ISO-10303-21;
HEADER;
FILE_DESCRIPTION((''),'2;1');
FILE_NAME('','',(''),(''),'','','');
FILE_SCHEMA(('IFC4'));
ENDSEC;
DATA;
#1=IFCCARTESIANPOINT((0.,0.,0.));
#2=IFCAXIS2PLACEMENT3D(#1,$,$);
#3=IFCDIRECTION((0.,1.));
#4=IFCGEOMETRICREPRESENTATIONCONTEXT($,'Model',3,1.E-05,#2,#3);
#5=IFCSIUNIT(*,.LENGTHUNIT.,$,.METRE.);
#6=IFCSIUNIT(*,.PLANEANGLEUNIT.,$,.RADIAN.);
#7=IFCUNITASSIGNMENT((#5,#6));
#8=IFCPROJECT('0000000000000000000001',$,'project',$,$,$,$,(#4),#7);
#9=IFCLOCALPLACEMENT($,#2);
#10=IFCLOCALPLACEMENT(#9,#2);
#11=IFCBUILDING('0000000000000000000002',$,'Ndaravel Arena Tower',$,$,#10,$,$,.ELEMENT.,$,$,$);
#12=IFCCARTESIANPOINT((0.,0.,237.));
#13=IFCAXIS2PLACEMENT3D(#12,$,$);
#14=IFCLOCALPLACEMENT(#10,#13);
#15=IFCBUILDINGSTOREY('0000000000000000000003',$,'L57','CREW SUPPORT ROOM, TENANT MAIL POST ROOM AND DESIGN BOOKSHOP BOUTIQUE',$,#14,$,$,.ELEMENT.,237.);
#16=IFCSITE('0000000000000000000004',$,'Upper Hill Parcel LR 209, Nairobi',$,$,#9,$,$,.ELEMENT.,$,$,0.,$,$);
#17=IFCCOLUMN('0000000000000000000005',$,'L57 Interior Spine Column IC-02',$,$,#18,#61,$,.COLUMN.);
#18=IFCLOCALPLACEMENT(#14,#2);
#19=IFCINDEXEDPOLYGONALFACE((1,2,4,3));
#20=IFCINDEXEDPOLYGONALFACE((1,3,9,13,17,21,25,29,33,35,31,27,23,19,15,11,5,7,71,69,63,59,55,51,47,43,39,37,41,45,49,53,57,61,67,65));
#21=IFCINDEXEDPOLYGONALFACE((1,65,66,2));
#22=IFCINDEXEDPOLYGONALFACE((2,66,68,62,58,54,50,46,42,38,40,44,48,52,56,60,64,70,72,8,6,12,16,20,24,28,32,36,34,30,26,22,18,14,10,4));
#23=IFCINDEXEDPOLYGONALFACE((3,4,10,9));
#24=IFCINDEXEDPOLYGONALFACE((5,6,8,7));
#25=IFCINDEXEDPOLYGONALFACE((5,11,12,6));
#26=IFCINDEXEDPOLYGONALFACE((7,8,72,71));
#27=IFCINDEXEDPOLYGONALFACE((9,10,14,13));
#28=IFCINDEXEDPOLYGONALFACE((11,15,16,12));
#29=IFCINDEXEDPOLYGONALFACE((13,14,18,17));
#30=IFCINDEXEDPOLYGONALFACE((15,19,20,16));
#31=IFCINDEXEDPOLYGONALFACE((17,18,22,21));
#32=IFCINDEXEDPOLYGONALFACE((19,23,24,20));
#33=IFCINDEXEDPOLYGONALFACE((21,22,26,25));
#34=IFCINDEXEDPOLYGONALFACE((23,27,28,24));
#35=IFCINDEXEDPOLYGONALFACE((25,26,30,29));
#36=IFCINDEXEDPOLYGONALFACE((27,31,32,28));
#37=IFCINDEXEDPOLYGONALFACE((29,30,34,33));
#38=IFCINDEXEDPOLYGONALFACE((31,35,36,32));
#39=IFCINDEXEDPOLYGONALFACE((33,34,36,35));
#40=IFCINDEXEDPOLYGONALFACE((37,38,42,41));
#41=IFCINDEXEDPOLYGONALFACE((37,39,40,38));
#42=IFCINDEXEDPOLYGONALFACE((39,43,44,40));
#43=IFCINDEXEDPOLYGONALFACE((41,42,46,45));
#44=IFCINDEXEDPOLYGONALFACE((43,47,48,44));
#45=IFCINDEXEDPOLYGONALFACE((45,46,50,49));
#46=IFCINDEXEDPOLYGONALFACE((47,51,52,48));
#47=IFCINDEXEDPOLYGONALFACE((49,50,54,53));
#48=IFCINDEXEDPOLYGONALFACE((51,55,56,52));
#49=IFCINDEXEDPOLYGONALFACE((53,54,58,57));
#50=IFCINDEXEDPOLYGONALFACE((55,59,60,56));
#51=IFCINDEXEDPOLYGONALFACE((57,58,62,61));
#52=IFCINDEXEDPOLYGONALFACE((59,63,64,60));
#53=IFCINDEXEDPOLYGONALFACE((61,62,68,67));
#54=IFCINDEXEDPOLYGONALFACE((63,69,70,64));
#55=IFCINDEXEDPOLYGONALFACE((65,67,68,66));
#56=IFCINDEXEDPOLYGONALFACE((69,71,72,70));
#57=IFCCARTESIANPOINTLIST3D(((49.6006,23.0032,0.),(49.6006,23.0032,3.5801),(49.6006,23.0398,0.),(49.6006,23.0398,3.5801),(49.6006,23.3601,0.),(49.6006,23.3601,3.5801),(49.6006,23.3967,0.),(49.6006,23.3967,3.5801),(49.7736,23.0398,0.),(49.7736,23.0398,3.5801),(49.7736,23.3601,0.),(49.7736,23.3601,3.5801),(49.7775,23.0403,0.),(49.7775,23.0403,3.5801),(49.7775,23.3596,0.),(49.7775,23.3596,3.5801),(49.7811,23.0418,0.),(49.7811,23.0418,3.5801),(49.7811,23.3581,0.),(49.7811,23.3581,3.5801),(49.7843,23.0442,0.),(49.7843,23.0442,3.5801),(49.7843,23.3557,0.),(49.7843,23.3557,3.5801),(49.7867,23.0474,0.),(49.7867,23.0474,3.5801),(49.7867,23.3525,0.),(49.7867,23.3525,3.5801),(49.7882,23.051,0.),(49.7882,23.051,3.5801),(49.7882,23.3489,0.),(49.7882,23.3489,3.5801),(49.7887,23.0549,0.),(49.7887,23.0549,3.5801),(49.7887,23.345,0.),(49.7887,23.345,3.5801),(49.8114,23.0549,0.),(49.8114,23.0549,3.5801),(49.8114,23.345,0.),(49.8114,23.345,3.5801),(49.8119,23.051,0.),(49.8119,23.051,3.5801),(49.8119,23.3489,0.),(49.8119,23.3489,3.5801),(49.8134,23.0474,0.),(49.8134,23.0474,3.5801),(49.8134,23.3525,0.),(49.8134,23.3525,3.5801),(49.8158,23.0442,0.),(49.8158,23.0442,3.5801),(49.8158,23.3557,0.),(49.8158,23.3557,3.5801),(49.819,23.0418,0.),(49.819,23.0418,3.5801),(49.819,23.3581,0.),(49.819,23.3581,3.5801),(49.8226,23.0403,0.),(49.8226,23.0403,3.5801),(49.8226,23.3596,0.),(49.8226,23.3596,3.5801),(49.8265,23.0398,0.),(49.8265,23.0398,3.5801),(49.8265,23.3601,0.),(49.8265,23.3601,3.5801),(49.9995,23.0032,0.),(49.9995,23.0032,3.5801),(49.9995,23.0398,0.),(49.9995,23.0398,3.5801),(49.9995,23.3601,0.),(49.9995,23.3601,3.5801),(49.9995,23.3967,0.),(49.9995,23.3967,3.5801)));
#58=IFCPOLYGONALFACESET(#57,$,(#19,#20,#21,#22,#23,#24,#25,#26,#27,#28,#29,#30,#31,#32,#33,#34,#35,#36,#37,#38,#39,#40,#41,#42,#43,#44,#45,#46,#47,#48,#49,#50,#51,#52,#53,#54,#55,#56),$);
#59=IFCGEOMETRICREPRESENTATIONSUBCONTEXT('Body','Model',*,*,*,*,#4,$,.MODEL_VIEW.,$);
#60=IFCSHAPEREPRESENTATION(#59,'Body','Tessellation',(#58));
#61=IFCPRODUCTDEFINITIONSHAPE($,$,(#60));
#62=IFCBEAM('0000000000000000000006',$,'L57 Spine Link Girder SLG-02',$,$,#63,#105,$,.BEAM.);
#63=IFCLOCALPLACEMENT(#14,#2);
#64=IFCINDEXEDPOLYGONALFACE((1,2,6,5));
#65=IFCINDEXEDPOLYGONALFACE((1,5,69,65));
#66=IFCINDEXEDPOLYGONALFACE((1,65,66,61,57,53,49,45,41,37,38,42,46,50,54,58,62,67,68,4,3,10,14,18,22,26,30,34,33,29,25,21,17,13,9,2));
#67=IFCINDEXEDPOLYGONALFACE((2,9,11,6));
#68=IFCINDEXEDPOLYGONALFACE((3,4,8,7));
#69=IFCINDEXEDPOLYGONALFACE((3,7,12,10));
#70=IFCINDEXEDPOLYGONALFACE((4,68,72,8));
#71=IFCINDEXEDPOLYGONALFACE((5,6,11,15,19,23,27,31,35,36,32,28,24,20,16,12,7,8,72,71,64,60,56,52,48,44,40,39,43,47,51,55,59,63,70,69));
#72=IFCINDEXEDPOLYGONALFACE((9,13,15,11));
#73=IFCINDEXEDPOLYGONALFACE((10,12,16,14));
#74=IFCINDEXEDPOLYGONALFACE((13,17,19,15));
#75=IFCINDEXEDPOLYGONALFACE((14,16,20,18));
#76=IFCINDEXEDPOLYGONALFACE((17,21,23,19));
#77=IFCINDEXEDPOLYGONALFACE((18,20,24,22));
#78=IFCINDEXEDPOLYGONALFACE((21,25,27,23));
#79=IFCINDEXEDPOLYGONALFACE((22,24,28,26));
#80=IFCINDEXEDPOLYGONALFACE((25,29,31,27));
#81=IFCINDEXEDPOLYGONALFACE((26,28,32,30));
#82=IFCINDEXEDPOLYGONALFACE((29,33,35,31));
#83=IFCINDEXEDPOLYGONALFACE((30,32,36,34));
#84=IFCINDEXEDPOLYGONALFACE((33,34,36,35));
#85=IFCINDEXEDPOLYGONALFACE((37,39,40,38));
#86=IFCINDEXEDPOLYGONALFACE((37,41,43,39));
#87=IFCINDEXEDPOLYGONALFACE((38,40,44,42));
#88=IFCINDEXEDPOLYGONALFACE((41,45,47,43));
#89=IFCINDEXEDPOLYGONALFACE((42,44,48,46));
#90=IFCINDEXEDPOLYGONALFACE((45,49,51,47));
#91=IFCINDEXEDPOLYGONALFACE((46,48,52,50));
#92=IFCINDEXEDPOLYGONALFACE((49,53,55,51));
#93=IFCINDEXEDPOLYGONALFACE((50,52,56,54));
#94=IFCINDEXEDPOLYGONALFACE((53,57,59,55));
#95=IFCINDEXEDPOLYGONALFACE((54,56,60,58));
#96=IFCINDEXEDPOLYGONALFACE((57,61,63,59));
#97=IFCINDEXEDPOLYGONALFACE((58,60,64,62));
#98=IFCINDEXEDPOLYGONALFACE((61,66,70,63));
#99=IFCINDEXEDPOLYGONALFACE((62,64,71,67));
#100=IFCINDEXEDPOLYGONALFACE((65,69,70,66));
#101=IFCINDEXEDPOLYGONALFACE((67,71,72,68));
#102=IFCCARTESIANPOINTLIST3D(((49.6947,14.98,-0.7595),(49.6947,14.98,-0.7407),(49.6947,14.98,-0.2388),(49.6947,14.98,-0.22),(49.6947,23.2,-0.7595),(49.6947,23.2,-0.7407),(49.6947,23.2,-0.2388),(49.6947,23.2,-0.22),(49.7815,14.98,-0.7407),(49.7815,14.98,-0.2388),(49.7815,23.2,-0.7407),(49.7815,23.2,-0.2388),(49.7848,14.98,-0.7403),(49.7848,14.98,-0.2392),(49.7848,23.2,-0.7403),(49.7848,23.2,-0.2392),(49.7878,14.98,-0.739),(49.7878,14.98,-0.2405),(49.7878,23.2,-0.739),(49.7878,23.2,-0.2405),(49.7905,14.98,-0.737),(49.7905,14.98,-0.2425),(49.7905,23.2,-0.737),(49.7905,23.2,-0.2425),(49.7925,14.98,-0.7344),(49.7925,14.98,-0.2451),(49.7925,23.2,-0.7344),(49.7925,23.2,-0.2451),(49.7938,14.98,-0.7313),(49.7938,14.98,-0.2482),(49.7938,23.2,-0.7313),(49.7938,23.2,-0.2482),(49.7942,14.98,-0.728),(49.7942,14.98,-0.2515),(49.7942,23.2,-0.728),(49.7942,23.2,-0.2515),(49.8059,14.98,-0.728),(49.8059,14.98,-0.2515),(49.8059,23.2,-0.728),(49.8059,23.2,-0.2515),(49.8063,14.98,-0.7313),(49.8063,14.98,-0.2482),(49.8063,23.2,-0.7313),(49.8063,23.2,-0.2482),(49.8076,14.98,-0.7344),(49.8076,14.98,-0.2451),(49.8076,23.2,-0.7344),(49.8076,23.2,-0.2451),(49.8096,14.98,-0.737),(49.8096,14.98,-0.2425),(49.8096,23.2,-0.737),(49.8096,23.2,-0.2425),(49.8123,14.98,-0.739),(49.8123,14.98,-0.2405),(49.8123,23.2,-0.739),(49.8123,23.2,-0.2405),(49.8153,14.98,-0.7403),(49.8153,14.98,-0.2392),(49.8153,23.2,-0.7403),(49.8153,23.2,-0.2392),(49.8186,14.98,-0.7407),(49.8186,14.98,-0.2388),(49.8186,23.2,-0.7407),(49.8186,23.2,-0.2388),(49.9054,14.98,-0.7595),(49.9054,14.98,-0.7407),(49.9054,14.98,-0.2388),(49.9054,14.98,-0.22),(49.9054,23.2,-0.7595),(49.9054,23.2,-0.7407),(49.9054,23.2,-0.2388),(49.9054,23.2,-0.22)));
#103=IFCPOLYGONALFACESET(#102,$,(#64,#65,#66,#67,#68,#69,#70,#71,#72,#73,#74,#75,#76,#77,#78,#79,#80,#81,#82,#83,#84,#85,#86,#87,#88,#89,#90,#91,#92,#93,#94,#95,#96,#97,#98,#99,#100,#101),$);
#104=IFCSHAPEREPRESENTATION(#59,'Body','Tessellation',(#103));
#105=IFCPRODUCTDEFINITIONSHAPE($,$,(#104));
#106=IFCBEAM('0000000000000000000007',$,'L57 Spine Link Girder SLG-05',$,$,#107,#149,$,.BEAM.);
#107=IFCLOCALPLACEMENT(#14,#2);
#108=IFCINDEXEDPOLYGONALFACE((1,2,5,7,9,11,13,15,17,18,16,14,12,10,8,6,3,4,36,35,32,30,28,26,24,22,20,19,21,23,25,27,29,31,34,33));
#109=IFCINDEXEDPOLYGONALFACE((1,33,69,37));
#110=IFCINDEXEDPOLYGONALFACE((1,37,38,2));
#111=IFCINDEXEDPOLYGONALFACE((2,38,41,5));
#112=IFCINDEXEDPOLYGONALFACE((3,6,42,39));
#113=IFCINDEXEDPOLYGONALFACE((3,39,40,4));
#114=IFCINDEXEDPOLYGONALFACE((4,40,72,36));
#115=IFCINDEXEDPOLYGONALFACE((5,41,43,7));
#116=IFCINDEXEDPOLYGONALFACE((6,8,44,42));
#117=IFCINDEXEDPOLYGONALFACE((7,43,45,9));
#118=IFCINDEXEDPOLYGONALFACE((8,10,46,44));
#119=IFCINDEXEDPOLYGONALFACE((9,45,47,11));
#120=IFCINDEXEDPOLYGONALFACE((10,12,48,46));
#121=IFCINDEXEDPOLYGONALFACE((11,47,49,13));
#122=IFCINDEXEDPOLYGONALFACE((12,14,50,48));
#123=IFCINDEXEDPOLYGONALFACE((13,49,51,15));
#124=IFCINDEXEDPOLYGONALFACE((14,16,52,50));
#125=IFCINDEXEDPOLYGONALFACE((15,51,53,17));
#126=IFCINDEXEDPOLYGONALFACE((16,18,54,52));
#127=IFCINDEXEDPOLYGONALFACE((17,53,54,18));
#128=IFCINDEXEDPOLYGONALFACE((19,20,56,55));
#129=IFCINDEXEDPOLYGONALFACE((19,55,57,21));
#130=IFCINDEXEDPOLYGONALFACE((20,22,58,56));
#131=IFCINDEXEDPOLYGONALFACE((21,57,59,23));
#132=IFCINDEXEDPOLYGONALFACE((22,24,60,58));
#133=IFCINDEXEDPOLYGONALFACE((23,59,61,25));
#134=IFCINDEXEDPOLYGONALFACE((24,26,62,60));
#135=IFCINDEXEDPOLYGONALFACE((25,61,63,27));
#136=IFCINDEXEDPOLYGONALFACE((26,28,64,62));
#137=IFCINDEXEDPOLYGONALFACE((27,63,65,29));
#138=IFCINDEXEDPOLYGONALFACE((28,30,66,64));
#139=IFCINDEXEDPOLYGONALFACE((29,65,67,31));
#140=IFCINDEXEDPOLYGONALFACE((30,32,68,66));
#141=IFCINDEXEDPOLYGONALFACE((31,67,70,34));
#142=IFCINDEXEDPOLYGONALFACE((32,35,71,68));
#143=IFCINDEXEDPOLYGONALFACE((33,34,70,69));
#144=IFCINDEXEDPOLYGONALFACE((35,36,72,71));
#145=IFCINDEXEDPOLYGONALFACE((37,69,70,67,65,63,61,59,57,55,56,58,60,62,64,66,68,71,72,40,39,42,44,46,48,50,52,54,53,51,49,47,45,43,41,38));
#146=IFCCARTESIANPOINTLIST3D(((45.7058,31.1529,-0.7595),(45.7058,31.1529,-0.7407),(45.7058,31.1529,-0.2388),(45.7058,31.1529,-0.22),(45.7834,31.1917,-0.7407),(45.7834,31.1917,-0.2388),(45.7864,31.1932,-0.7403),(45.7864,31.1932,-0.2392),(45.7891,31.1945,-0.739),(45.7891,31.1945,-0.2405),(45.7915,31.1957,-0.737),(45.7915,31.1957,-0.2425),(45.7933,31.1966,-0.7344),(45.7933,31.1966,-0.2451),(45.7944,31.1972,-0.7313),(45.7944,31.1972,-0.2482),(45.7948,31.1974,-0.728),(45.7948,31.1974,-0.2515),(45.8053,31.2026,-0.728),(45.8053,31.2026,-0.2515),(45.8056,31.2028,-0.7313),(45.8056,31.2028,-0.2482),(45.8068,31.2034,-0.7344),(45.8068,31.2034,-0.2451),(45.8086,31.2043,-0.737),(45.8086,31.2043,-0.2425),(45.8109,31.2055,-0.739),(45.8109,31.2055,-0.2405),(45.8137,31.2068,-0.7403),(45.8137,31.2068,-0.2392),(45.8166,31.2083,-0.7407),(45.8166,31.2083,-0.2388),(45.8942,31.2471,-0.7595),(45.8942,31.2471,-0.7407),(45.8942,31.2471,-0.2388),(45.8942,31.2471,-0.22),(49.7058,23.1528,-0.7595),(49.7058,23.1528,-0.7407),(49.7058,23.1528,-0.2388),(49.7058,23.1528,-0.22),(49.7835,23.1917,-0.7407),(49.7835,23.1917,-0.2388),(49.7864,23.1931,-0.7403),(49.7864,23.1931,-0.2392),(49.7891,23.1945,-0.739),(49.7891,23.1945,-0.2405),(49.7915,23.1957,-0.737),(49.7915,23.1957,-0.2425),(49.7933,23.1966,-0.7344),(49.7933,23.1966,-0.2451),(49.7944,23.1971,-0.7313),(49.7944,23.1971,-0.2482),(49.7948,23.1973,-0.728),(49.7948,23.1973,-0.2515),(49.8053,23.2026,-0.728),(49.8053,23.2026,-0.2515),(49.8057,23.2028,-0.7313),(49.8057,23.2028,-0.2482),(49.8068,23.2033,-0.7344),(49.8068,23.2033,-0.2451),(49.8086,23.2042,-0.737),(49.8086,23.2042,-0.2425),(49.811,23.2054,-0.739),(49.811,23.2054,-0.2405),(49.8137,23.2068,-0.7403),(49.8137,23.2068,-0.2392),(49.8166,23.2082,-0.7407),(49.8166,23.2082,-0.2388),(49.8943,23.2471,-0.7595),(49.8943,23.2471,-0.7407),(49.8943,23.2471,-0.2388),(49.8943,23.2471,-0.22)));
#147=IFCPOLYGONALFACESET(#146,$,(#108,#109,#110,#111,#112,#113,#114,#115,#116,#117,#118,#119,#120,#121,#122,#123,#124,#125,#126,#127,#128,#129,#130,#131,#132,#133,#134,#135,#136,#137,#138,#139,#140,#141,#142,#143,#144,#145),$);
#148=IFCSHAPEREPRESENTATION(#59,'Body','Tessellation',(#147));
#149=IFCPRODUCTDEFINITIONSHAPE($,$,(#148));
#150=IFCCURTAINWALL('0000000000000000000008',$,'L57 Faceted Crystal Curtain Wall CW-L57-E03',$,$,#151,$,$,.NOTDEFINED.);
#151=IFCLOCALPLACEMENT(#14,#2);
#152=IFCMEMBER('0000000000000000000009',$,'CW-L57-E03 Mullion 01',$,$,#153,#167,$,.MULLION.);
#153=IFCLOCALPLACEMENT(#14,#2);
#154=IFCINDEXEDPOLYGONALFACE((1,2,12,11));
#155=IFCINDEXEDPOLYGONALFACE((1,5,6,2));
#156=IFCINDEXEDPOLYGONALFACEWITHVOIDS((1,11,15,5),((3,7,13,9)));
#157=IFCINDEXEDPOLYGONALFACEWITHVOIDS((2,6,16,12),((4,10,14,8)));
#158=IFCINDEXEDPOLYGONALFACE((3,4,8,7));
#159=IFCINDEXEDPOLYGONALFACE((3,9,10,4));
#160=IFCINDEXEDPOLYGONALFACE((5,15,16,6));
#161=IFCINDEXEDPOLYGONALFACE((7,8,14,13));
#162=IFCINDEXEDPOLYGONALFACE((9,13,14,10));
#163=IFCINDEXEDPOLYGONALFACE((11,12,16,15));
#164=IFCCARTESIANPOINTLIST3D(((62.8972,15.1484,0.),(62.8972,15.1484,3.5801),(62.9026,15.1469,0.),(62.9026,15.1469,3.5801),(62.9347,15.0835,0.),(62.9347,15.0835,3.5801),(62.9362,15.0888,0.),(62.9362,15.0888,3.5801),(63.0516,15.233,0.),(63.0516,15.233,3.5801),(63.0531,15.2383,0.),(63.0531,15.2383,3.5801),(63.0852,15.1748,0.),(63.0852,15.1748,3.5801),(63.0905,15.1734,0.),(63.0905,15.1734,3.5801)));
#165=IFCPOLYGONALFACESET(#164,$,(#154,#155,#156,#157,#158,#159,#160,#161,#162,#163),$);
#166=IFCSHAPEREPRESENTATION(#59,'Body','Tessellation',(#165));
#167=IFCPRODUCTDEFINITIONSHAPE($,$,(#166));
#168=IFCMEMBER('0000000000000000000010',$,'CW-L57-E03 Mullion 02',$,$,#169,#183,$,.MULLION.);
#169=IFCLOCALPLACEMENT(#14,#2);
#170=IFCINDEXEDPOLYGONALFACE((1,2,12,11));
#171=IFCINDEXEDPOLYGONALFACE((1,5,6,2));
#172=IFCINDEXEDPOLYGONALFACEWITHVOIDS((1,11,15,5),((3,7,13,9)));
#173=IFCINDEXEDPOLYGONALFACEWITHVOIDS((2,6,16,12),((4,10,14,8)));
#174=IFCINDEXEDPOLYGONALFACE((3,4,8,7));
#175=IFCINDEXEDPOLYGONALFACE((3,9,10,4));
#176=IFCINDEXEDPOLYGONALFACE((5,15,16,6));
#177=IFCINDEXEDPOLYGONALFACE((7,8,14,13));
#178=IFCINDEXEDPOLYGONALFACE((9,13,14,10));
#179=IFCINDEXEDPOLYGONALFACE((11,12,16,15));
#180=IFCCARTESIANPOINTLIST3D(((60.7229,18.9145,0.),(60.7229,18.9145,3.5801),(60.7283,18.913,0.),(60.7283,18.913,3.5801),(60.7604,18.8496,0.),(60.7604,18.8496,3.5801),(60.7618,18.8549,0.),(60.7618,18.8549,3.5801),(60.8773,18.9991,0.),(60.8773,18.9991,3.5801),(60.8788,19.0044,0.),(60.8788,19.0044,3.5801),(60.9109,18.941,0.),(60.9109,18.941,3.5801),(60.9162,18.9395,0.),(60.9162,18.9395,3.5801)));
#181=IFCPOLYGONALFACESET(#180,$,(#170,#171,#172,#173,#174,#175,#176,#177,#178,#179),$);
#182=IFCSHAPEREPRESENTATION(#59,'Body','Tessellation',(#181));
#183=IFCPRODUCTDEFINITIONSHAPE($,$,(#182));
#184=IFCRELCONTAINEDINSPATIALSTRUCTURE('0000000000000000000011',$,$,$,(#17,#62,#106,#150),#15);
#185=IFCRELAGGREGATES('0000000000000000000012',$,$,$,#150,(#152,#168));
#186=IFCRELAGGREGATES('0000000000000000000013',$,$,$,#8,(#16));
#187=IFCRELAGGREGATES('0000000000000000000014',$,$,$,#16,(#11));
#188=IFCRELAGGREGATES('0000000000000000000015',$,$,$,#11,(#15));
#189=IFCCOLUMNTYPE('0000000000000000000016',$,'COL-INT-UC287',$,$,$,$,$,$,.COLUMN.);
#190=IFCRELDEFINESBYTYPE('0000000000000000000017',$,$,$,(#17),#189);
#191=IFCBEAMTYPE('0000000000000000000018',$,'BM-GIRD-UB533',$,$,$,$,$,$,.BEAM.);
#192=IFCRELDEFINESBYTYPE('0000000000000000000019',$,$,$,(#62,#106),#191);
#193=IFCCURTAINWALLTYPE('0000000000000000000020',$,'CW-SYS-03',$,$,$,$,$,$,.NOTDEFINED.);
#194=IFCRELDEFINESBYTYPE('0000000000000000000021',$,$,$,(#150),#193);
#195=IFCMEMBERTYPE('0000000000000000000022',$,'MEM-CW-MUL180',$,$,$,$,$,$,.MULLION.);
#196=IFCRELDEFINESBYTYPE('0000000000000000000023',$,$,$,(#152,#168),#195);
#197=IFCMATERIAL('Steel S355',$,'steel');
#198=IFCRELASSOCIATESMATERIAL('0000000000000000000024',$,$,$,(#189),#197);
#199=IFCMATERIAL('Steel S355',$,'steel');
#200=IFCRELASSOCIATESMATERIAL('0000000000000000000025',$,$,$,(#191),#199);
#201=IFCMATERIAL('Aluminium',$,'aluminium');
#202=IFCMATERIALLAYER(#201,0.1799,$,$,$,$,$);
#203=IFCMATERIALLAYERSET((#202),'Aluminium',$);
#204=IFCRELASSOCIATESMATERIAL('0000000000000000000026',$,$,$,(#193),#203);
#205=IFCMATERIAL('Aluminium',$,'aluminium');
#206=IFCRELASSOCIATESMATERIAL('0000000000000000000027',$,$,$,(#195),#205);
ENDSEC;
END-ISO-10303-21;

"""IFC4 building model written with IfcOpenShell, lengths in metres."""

from ifc_helpers import new_model, si_unit, direction, frame, origin, origin_2d, place, context, subcontext, project, spatial, hollow_rectangle, i_section, extrude, material, layer, layer_set, material_profile, profile_set, type_object, element, aggregate, save


model = new_model("IFC4")

# Units and contexts
model_context = context("Model", 3, precision=1e-05, world=origin(), true_north=direction((0.0, 1.0)))
body_context = subcontext(model_context, "Body", "Model", "MODEL_VIEW")
ifc_project = project(units=[si_unit("LENGTHUNIT", "METRE"), si_unit("PLANEANGLEUNIT", "RADIAN")], contexts=[model_context])

# Site, building, storey
site_placement = place(None, origin())
site = spatial("IfcSite", under=ifc_project, at=site_placement, Name="Upper Hill Parcel LR 209, Nairobi", CompositionType="ELEMENT", RefElevation=0.0)
building_placement = place(site_placement, origin())
building = spatial("IfcBuilding", under=site, at=building_placement, Name="Ndaravel Arena Tower", CompositionType="ELEMENT")
storey_placement = place(building_placement, frame((0.0, 0.0, 237.0)))
storey = spatial("IfcBuildingStorey", under=building, at=storey_placement, Name="L57", Description="CREW SUPPORT ROOM, TENANT MAIL POST ROOM AND DESIGN BOOKSHOP BOUTIQUE", CompositionType="ELEMENT", Elevation=237.0)

# Column
ifc_material_1 = material(Name="Steel S355", Category="steel")
ifc_material_profile_1 = material_profile(ifc_material_1, i_section(OverallWidth=0.3989, OverallDepth=0.3936, WebThickness=0.0227, FlangeThickness=0.0366, FilletRadius=0.0151, at=origin_2d()), Name="UC 356x406x287")
ifc_profile_set_1 = profile_set([ifc_material_profile_1], Name="Steel S355")
column_type = type_object("IfcColumnType", Name="COL-INT-UC287", PredefinedType="COLUMN", material=ifc_profile_set_1)
column_placement = place(storey_placement, frame((49.8, 23.2, 0.0), z_axis=(0.0, 0.0, 1.0), x_axis=(1.0, 0.0, 0.0)))
element("IfcColumn", 1, at=column_placement, inside=storey, type_object=column_type, Name="L57 Interior Spine Column IC-02", PredefinedType="COLUMN", context=body_context, shape_type="SweptSolid", body=[
    extrude(i_section(OverallWidth=0.3989, OverallDepth=0.3936, WebThickness=0.0227, FlangeThickness=0.0366, FilletRadius=0.0151, at=origin_2d()), origin(), (0.0, 0.0, 1.0), 3.5801),
])

# Beams
ifc_material_2 = material(Name="Steel S355", Category="steel")
ifc_material_profile_2 = material_profile(ifc_material_2, i_section(OverallWidth=0.2107, OverallDepth=0.5396, WebThickness=0.0117, FlangeThickness=0.0188, FilletRadius=0.0127, at=origin_2d()), Name="UB 533x210x109")
ifc_profile_set_2 = profile_set([ifc_material_profile_2], Name="Steel S355")
beam_type = type_object("IfcBeamType", Name="BM-GIRD-UB533", PredefinedType="BEAM", material=ifc_profile_set_2)
beam_1_placement = place(storey_placement, frame((49.8, 14.98, -0.4897), z_axis=(0.0, 1.0, 0.0), x_axis=(-1.0, 0.0, 0.0)))
element("IfcBeam", 2, at=beam_1_placement, inside=storey, type_object=beam_type, Name="L57 Spine Link Girder SLG-02", PredefinedType="BEAM", context=body_context, shape_type="SweptSolid", body=[
    extrude(i_section(OverallWidth=0.2107, OverallDepth=0.5396, WebThickness=0.0117, FlangeThickness=0.0188, FilletRadius=0.0127, at=origin_2d()), origin(), (0.0, 0.0, 1.0), 8.22),
])
beam_2_placement = place(storey_placement, frame((49.8, 23.2, -0.4897), z_axis=(-0.447214, 0.894427, 0.0), x_axis=(-0.894427, -0.447214, 0.0)))
element("IfcBeam", 3, at=beam_2_placement, inside=storey, type_object=beam_type, Name="L57 Spine Link Girder SLG-05", PredefinedType="BEAM", context=body_context, shape_type="SweptSolid", body=[
    extrude(i_section(OverallWidth=0.2107, OverallDepth=0.5396, WebThickness=0.0117, FlangeThickness=0.0188, FilletRadius=0.0127, at=origin_2d()), origin(), (0.0, 0.0, 1.0), 8.9443),
])

# Curtain wall, members
ifc_material_3 = material(Name="Aluminium", Category="aluminium")
ifc_layer_1 = layer(ifc_material_3, 0.1799)
ifc_layer_set_1 = layer_set([ifc_layer_1], Name="Aluminium")
curtain_wall_type = type_object("IfcCurtainWallType", Name="CW-SYS-03", PredefinedType="NOTDEFINED", material=ifc_layer_set_1)
curtain_wall_placement = place(storey_placement, origin())
curtain_wall = element("IfcCurtainWall", 4, at=curtain_wall_placement, inside=storey, type_object=curtain_wall_type, Name="L57 Faceted Crystal Curtain Wall CW-L57-E03", PredefinedType="NOTDEFINED")
ifc_material_4 = material(Name="Aluminium", Category="aluminium")
ifc_material_profile_3 = material_profile(ifc_material_4, hollow_rectangle(XDim=0.075, YDim=0.1799, WallThickness=0.0039, at=origin_2d()), Name="CW MULLION 75x180x4")
ifc_profile_set_3 = profile_set([ifc_material_profile_3], Name="Aluminium")
member_type = type_object("IfcMemberType", Name="MEM-CW-MUL180", PredefinedType="MULLION", material=ifc_profile_set_3)
member_1_placement = place(storey_placement, frame((62.9939, 15.1609, 0.0), z_axis=(0.0, 0.0, 1.0), x_axis=(-0.5, 0.866025, 0.0)))
member_1 = element("IfcMember", 5, at=member_1_placement, type_object=member_type, Name="CW-L57-E03 Mullion 01", PredefinedType="MULLION", context=body_context, shape_type="SweptSolid", body=[
    extrude(hollow_rectangle(XDim=0.075, YDim=0.1799, WallThickness=0.0039, at=origin_2d()), origin(), (0.0, 0.0, 1.0), 3.5801),
])
member_2_placement = place(storey_placement, frame((60.8196, 18.927, 0.0), z_axis=(0.0, 0.0, 1.0), x_axis=(-0.5, 0.866025, 0.0)))
member_2 = element("IfcMember", 6, at=member_2_placement, type_object=member_type, Name="CW-L57-E03 Mullion 02", PredefinedType="MULLION", context=body_context, shape_type="SweptSolid", body=[
    extrude(hollow_rectangle(XDim=0.075, YDim=0.1799, WallThickness=0.0039, at=origin_2d()), origin(), (0.0, 0.0, 1.0), 3.5801),
])
aggregate(curtain_wall, [member_1, member_2])

save(model, "model.ifc")
